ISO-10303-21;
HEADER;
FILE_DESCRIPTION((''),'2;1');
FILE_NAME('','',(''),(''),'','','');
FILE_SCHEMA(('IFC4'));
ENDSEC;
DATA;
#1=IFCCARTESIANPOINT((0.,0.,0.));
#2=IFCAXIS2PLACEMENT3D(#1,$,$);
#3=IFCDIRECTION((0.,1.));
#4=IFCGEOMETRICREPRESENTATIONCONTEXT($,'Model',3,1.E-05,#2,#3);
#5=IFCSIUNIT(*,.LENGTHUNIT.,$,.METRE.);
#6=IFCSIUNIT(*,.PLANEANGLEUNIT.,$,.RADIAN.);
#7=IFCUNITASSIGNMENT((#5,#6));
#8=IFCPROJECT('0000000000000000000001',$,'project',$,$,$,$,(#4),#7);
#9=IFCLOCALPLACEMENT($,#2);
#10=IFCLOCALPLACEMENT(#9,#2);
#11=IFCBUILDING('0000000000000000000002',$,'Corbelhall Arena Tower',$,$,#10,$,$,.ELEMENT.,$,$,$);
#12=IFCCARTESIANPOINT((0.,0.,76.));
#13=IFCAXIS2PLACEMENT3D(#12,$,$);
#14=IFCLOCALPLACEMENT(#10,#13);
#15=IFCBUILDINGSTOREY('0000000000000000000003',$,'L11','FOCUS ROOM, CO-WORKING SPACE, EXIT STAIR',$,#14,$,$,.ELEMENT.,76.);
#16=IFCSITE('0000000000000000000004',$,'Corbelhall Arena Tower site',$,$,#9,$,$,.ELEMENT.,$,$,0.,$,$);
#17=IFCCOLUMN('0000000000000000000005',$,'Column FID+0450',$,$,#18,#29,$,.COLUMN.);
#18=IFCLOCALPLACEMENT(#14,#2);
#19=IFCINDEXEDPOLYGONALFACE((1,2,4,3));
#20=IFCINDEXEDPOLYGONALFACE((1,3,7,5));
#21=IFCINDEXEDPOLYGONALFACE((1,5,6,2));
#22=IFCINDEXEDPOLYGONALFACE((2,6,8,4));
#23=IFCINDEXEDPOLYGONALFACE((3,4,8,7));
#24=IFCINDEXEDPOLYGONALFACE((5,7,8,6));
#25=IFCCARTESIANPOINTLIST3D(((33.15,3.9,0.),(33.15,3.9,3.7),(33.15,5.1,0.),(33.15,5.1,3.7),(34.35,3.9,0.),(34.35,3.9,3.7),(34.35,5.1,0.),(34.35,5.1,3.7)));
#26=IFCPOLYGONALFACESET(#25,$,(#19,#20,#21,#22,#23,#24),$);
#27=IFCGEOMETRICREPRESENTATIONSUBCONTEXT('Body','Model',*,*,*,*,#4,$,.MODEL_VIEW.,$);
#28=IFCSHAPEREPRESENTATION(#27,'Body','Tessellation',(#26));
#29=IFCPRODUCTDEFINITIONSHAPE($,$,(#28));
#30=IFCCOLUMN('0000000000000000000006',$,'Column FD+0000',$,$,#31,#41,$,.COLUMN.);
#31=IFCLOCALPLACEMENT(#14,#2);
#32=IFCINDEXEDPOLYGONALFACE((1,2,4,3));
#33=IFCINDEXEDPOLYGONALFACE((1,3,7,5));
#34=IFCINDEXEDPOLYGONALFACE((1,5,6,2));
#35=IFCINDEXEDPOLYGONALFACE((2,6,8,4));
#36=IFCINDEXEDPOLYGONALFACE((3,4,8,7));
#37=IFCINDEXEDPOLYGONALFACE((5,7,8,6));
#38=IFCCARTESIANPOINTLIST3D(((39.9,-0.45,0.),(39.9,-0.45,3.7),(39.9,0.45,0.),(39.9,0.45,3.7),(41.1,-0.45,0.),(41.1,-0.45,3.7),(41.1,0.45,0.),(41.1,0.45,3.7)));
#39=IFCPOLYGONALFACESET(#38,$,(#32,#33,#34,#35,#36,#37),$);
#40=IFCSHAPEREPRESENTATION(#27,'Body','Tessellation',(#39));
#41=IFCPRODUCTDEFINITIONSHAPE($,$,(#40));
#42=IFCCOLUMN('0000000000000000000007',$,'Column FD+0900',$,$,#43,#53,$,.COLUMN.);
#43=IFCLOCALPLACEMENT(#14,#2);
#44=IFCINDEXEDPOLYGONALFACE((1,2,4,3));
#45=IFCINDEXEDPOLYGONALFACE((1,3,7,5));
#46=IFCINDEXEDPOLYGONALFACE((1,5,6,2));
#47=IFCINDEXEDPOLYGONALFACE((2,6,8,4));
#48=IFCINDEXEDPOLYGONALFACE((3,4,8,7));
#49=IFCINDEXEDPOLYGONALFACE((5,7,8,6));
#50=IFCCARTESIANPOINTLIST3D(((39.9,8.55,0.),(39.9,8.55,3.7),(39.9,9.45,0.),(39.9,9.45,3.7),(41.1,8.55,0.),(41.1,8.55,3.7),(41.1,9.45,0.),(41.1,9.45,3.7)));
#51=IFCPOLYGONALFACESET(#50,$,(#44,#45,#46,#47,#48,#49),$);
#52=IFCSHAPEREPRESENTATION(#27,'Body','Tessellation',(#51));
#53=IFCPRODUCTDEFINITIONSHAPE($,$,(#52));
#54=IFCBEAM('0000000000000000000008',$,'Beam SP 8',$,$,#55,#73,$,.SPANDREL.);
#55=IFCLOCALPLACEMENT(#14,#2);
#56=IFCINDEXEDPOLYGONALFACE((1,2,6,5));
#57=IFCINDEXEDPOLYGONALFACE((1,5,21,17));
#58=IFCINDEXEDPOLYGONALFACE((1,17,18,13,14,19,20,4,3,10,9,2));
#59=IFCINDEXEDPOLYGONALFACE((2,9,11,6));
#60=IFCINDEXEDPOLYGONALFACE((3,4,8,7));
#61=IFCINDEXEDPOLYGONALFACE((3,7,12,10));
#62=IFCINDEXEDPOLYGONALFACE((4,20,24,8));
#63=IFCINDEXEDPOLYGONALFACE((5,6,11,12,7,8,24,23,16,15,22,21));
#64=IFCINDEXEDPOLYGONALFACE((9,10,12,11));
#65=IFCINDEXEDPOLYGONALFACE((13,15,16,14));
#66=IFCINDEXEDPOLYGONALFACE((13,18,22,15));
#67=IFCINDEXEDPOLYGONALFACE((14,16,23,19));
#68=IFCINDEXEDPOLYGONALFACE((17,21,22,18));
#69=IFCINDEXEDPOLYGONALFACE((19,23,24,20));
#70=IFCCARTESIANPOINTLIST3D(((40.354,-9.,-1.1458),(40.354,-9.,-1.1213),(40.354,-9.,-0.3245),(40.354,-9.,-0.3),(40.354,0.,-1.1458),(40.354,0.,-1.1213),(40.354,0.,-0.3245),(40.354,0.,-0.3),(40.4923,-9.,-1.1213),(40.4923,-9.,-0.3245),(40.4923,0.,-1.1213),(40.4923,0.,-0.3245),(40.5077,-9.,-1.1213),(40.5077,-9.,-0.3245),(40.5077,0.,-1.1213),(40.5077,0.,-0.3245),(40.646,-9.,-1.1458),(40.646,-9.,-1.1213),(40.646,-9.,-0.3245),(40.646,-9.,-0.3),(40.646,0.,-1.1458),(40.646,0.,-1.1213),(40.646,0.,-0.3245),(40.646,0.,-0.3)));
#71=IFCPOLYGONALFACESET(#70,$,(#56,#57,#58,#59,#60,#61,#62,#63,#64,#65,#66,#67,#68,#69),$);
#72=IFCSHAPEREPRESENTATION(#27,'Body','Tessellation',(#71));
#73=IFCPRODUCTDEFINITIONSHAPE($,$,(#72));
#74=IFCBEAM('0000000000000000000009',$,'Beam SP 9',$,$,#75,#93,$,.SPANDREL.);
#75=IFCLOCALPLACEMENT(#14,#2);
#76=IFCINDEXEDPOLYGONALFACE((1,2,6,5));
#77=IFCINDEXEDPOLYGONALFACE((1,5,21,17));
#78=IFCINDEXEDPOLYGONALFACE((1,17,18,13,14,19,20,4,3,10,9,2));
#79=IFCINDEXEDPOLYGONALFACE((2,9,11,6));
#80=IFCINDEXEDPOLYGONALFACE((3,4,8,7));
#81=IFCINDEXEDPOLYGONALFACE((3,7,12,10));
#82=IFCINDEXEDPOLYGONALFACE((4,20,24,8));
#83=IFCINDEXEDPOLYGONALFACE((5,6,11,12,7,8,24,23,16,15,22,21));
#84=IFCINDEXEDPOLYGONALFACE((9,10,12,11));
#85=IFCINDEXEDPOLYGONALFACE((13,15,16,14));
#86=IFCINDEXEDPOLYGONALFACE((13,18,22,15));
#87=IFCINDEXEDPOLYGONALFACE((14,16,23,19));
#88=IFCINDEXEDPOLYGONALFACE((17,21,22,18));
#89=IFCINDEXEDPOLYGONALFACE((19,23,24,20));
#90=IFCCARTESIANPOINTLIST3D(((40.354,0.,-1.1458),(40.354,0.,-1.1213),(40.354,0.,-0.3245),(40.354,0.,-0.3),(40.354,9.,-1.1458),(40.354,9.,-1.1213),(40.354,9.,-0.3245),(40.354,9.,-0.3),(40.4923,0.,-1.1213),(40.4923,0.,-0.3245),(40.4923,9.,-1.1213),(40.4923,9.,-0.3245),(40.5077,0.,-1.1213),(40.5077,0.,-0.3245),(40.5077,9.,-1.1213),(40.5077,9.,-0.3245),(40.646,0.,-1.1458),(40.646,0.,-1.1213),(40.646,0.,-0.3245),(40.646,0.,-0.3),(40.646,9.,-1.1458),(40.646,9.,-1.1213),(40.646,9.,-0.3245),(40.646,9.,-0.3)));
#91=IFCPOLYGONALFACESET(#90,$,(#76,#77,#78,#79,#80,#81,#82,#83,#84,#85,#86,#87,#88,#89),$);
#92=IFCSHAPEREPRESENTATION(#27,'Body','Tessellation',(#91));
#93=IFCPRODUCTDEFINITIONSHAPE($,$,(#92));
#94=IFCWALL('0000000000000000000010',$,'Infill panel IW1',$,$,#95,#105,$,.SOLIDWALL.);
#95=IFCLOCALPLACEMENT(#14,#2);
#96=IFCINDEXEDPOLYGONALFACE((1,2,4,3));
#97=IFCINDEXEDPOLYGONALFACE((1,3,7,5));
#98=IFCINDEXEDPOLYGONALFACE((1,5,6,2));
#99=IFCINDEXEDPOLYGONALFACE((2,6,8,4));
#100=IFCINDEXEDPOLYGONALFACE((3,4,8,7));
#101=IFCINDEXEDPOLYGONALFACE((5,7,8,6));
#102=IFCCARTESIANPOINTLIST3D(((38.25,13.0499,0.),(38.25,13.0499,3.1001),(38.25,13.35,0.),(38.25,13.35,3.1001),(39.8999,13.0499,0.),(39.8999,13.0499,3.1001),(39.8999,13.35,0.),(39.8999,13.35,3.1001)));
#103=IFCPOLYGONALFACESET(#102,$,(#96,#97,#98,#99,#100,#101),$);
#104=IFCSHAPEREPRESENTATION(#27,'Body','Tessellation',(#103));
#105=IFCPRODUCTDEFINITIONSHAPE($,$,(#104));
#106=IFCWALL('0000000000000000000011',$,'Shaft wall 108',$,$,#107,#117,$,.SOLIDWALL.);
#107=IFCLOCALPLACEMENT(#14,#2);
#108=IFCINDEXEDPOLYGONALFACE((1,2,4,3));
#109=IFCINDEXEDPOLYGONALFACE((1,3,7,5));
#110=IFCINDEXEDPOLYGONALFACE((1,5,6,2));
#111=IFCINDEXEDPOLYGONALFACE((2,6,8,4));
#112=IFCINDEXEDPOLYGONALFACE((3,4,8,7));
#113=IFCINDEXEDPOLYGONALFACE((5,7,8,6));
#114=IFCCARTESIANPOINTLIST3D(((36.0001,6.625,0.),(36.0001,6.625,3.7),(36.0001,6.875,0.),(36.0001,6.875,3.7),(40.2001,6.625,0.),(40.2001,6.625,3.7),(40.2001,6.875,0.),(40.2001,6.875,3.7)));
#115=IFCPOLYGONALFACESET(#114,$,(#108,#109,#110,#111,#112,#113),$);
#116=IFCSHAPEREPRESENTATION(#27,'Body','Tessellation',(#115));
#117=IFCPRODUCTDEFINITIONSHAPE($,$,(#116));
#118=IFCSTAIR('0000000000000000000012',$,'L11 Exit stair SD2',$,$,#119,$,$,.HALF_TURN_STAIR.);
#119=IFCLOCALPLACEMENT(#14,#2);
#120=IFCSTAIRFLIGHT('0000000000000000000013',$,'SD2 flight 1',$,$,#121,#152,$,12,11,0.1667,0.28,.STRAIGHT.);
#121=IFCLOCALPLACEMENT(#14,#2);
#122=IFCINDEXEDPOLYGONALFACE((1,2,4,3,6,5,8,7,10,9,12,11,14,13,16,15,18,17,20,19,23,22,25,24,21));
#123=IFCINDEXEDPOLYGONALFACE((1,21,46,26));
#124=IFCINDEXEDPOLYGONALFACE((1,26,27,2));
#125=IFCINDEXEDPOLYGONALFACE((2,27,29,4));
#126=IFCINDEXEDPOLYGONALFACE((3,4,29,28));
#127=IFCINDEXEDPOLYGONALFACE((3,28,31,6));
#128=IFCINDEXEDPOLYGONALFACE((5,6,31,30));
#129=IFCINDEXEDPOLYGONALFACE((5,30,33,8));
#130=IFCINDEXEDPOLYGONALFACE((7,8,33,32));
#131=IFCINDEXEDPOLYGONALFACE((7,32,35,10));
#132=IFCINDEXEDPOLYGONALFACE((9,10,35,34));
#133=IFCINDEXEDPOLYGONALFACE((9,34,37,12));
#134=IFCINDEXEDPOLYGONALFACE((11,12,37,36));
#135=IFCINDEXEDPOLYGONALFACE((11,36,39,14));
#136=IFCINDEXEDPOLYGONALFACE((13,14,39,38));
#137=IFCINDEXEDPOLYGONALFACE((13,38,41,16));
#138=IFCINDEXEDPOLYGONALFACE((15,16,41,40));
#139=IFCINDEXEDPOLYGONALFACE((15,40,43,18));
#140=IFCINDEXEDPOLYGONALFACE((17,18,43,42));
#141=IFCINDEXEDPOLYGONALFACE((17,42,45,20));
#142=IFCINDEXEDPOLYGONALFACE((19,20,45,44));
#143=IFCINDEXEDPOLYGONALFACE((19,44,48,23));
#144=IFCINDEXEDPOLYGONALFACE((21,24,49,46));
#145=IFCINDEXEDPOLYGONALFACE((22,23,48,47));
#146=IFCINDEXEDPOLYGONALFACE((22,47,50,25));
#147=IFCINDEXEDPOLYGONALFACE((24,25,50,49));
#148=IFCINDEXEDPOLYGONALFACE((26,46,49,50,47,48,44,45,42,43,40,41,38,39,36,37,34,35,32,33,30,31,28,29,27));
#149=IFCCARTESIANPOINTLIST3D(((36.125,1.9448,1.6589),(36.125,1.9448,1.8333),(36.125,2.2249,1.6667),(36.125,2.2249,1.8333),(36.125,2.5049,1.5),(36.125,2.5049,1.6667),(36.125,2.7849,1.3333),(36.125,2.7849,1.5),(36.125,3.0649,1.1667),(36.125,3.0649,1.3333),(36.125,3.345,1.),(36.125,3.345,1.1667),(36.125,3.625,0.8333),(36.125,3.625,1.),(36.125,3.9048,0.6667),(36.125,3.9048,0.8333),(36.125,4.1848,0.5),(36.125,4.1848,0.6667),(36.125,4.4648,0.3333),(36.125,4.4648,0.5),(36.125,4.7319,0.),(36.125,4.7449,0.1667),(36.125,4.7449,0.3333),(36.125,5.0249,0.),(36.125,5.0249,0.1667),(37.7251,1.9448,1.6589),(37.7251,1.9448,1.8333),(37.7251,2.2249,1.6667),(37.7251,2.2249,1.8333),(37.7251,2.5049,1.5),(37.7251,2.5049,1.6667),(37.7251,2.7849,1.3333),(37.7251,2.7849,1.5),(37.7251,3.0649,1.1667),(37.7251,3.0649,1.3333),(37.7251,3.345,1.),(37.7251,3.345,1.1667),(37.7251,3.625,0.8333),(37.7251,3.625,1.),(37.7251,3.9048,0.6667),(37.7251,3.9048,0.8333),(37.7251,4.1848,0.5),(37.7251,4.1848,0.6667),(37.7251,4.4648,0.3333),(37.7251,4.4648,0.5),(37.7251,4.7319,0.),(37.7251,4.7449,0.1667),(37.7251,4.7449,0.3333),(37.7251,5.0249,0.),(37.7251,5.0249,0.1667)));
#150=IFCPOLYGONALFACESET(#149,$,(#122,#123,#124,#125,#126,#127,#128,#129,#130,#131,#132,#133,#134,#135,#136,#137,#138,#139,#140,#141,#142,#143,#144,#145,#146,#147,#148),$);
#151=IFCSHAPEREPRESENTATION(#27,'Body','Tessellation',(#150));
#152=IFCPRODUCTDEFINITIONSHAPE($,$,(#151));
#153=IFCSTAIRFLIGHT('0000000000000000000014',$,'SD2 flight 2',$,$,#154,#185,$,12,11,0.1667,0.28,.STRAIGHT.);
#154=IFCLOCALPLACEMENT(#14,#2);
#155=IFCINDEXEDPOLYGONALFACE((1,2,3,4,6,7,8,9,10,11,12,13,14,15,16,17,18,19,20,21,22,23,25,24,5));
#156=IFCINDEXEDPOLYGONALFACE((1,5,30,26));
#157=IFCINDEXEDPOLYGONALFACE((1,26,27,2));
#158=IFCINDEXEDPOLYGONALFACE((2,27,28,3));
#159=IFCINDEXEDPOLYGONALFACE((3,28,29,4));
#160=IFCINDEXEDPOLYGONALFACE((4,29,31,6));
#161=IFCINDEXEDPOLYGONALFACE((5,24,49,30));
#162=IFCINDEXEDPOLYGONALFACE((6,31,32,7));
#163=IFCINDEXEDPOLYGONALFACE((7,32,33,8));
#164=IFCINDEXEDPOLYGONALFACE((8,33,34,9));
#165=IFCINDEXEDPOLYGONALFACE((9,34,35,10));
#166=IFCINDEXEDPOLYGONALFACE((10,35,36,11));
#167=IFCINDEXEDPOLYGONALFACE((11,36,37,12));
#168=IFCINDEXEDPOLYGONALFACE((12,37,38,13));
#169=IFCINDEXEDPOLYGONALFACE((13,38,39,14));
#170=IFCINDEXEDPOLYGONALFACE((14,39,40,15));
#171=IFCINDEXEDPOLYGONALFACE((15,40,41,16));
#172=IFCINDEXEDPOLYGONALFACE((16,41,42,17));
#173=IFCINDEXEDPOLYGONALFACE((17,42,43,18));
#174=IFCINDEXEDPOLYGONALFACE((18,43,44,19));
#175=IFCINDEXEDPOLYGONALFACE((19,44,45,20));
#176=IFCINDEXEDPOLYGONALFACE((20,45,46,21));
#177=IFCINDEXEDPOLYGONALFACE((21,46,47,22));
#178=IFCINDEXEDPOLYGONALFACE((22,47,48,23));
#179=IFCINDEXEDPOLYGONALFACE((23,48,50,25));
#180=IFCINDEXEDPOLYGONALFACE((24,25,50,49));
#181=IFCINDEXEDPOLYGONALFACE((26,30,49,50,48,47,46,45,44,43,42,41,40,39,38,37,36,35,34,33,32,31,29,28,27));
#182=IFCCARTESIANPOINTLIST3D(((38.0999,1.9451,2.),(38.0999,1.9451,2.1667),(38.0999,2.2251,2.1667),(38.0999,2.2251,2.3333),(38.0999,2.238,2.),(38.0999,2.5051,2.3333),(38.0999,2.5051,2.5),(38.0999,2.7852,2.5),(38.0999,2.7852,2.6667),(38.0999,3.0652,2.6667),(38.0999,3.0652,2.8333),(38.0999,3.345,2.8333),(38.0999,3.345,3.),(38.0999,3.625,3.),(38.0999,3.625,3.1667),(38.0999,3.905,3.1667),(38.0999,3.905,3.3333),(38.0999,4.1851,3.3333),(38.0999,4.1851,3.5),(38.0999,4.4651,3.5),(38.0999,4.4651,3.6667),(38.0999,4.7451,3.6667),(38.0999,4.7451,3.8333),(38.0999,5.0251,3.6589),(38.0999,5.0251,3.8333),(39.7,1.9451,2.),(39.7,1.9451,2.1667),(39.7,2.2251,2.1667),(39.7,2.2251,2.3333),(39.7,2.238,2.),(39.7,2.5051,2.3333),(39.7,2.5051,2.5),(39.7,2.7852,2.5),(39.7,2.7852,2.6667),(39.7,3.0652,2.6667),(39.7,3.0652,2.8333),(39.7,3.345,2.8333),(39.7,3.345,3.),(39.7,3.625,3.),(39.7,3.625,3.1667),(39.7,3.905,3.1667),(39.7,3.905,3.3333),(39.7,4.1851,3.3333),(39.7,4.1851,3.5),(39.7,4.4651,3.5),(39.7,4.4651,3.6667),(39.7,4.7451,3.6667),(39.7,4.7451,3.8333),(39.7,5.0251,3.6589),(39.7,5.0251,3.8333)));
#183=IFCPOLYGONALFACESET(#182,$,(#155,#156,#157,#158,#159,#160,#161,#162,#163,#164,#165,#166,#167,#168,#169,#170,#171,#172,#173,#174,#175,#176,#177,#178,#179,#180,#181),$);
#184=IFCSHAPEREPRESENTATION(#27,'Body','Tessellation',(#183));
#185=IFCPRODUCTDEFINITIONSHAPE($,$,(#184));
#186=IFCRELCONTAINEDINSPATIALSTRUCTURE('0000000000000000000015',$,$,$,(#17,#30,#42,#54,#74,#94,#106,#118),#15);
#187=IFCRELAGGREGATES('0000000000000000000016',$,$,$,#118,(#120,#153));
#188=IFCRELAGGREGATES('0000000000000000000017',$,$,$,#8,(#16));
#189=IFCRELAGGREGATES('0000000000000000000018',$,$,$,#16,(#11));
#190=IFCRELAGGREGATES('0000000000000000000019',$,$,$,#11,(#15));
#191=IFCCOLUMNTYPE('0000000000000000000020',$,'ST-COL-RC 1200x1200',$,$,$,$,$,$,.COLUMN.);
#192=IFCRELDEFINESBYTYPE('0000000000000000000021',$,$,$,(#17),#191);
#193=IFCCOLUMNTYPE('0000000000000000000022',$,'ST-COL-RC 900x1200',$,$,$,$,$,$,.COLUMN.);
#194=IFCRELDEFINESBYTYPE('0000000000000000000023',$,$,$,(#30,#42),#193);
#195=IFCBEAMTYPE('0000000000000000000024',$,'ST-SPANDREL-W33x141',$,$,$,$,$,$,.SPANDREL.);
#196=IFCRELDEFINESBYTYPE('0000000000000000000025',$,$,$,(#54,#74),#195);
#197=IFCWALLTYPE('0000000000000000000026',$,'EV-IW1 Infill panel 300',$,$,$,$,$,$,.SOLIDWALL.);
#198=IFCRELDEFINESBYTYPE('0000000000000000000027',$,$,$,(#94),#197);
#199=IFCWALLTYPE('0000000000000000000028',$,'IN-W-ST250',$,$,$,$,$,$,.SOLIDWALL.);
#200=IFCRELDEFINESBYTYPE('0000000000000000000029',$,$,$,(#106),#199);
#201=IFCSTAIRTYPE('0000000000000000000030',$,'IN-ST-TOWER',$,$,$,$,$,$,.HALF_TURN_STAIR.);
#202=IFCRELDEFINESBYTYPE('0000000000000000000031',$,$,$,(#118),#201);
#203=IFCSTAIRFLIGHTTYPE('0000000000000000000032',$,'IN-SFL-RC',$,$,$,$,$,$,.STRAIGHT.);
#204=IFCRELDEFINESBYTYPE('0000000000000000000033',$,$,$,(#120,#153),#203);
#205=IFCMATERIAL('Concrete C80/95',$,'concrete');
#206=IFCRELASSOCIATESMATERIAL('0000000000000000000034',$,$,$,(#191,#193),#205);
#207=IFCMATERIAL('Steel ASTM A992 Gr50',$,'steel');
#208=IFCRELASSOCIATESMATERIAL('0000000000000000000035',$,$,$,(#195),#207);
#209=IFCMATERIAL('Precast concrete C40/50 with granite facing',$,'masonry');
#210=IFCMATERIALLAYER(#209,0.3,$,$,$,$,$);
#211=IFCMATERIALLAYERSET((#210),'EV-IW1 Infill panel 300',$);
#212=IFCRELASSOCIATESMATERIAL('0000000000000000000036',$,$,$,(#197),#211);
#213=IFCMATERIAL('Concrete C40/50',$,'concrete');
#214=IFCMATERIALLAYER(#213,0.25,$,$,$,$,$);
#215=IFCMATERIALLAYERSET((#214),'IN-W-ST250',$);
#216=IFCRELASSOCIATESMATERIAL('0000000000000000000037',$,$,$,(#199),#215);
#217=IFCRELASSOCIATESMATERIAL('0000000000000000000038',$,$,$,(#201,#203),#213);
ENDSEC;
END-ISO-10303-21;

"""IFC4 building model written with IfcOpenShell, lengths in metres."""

from ifc_helpers import new_model, si_unit, direction, frame, frame_2d, origin, origin_2d, place, context, subcontext, project, spatial, polyline, rectangle, i_section, outline, extrude, material, layer, layer_set, material_profile, profile_set, type_object, element, aggregate, save


model = new_model("IFC4")

# Units and contexts
model_context = context("Model", 3, precision=1e-05, world=origin(), true_north=direction((0.0, 1.0)))
body_context = subcontext(model_context, "Body", "Model", "MODEL_VIEW")
ifc_project = project(units=[si_unit("LENGTHUNIT", "METRE"), si_unit("PLANEANGLEUNIT", "RADIAN")], contexts=[model_context])

# Site, building, storey
site_placement = place(None, origin())
site = spatial("IfcSite", under=ifc_project, at=site_placement, Name="Corbelhall Arena Tower site", CompositionType="ELEMENT", RefElevation=0.0)
building_placement = place(site_placement, origin())
building = spatial("IfcBuilding", under=site, at=building_placement, Name="Corbelhall Arena Tower", CompositionType="ELEMENT")
storey_placement = place(building_placement, frame((0.0, 0.0, 76.0)))
storey = spatial("IfcBuildingStorey", under=building, at=storey_placement, Name="L11", Description="FOCUS ROOM, CO-WORKING SPACE, EXIT STAIR", CompositionType="ELEMENT", Elevation=76.0)

# Columns
ifc_material_1 = material(Name="Concrete C80/95", Category="concrete")
ifc_material_profile_1 = material_profile(ifc_material_1, rectangle(XDim=1.2, YDim=1.2, at=origin_2d()))
ifc_profile_set_1 = profile_set([ifc_material_profile_1], Name="Concrete C80/95")
column_type_1 = type_object("IfcColumnType", Name="ST-COL-RC 1200x1200", PredefinedType="COLUMN", material=ifc_profile_set_1)
column_placement = place(storey_placement, frame((33.75, 4.5, 0.0), z_axis=(0.0, 0.0, 1.0), x_axis=(1.0, 0.0, 0.0)))
element("IfcColumn", 1, at=column_placement, inside=storey, type_object=column_type_1, Name="Column FID+0450", PredefinedType="COLUMN", context=body_context, shape_type="SweptSolid", body=[
    extrude(rectangle(XDim=1.2, YDim=1.2, at=origin_2d()), origin(), (0.0, 0.0, 1.0), 3.7),
])
ifc_material_profile_2 = material_profile(ifc_material_1, rectangle(XDim=0.8999, YDim=1.2, at=origin_2d()))
ifc_profile_set_2 = profile_set([ifc_material_profile_2], Name="Concrete C80/95")
column_type_2 = type_object("IfcColumnType", Name="ST-COL-RC 900x1200", PredefinedType="COLUMN", material=ifc_profile_set_2)
for number, where, z_axis, x_axis, name in (
    (2, (40.5, 0.0, 0.0), (0.0, 0.0, 1.0), (0.0, 1.0, 0.0), "Column FD+0000"),
    (3, (40.5, 9.0, 0.0), (0.0, 0.0, 1.0), (0.0, 1.0, 0.0), "Column FD+0900"),
):
    element("IfcColumn", number, at=place(storey_placement, frame(where, z_axis=z_axis, x_axis=x_axis)), inside=storey, type_object=column_type_2, Name=name, PredefinedType="COLUMN", context=body_context, shape_type="SweptSolid", body=[
        extrude(rectangle(XDim=0.8999, YDim=1.2, at=origin_2d()), origin(), (0.0, 0.0, 1.0), 3.7),
    ])

# Beams
ifc_material_2 = material(Name="Steel ASTM A992 Gr50", Category="steel")
ifc_material_profile_3 = material_profile(ifc_material_2, i_section(OverallWidth=0.292, OverallDepth=0.8457, WebThickness=0.0154, FlangeThickness=0.0244, at=origin_2d()))
ifc_profile_set_3 = profile_set([ifc_material_profile_3], Name="Steel ASTM A992 Gr50")
beam_type = type_object("IfcBeamType", Name="ST-SPANDREL-W33x141", PredefinedType="SPANDREL", material=ifc_profile_set_3)
for number, where, z_axis, x_axis, name in (
    (4, (40.5, 0.0, -0.7229), (0.0, -1.0, 0.0), (1.0, 0.0, 0.0), "Beam SP 8"),
    (5, (40.5, 9.0, -0.7229), (0.0, -1.0, 0.0), (1.0, 0.0, 0.0), "Beam SP 9"),
):
    element("IfcBeam", number, at=place(storey_placement, frame(where, z_axis=z_axis, x_axis=x_axis)), inside=storey, type_object=beam_type, Name=name, PredefinedType="SPANDREL", context=body_context, shape_type="SweptSolid", body=[
        extrude(i_section(OverallWidth=0.292, OverallDepth=0.8457, WebThickness=0.0154, FlangeThickness=0.0244, at=origin_2d()), origin(), (0.0, 0.0, 1.0), 9.0),
    ])

# Wall
ifc_material_3 = material(Name="Precast concrete C40/50 with granite facing", Category="masonry")
ifc_layer_1 = layer(ifc_material_3, 0.3)
ifc_layer_set_1 = layer_set([ifc_layer_1], Name="EV-IW1 Infill panel 300")
wall_type_1 = type_object("IfcWallType", Name="EV-IW1 Infill panel 300", PredefinedType="SOLIDWALL", material=ifc_layer_set_1)
wall_1_placement = place(storey_placement, frame((39.8999, 13.2, 0.0), z_axis=(0.0, 0.0, 1.0), x_axis=(-1.0, 0.0, 0.0)))
element("IfcWall", 6, at=wall_1_placement, inside=storey, type_object=wall_type_1, Name="Infill panel IW1", PredefinedType="SOLIDWALL", context=body_context, shape_type="SweptSolid", body=[
    extrude(rectangle(XDim=1.6499, YDim=0.3, at=frame_2d((0.825, 0.0))), origin(), (0.0, 0.0, 1.0), 3.1001),
])

# Wall
ifc_material_4 = material(Name="Concrete C40/50", Category="concrete")
ifc_layer_2 = layer(ifc_material_4, 0.25)
ifc_layer_set_2 = layer_set([ifc_layer_2], Name="IN-W-ST250")
wall_type_2 = type_object("IfcWallType", Name="IN-W-ST250", PredefinedType="SOLIDWALL", material=ifc_layer_set_2)
wall_2_placement = place(storey_placement, frame((36.0, 6.75, 0.0), z_axis=(0.0, 0.0, 1.0), x_axis=(1.0, 0.0, 0.0)))
element("IfcWall", 7, at=wall_2_placement, inside=storey, type_object=wall_type_2, Name="Shaft wall 108", PredefinedType="SOLIDWALL", context=body_context, shape_type="SweptSolid", body=[
    extrude(rectangle(XDim=4.2, YDim=0.25, at=frame_2d((2.1001, 0.0))), origin(), (0.0, 0.0, 1.0), 3.7),
])

# Stair, stair flights
stair_type = type_object("IfcStairType", Name="IN-ST-TOWER", PredefinedType="HALF_TURN_STAIR", material=ifc_material_4)
stair_placement = place(storey_placement, origin())
stair = element("IfcStair", 8, at=stair_placement, inside=storey, type_object=stair_type, Name="L11 Exit stair SD2", PredefinedType="HALF_TURN_STAIR")
stair_flight_type = type_object("IfcStairFlightType", Name="IN-SFL-RC", PredefinedType="STRAIGHT", material=ifc_material_4)
stair_flight_1_placement = place(storey_placement, frame((36.925, 5.0249, 0.0), z_axis=(0.0, 0.0, 1.0), x_axis=(0.0, -1.0, 0.0)))
stair_flight_1 = element("IfcStairFlight", 9, at=stair_flight_1_placement, type_object=stair_flight_type, Name="SD2 flight 1", NumberOfRisers=12, NumberOfTreads=11, PredefinedType="STRAIGHT", RiserHeight=0.1667, TreadLength=0.28, context=body_context, shape_type="SweptSolid", body=[
    extrude(outline(polyline([(0.0, 0.0), (0.0, 0.1667), (0.28, 0.1667), (0.28, 0.3333), (0.5601, 0.3333), (0.5601, 0.5), (0.8401, 0.5), (0.8401, 0.6667), (1.1201, 0.6667), (1.1201, 0.8333), (1.3999, 0.8333), (1.3999, 1.0), (1.6799, 1.0), (1.6799, 1.1667), (1.96, 1.1667), (1.96, 1.3333), (2.24, 1.3333), (2.24, 1.5), (2.52, 1.5), (2.52, 1.6667), (2.8, 1.6667), (2.8, 1.8333), (3.0801, 1.8333), (3.0801, 2.0), (3.0801, 1.6589), (0.293, 0.0), (0.0, 0.0)])), frame((0.0, 0.8, 0.0), z_axis=(0.0, -1.0, 0.0), x_axis=(1.0, 0.0, 0.0)), (0.0, 0.0, 1.0), 1.6001),
])
stair_flight_2_placement = place(storey_placement, frame((38.8999, 1.9451, 2.0), z_axis=(0.0, 0.0, 1.0), x_axis=(0.0, 1.0, 0.0)))
stair_flight_2 = element("IfcStairFlight", 10, at=stair_flight_2_placement, type_object=stair_flight_type, Name="SD2 flight 2", NumberOfRisers=12, NumberOfTreads=11, PredefinedType="STRAIGHT", RiserHeight=0.1667, TreadLength=0.28, context=body_context, shape_type="SweptSolid", body=[
    extrude(outline(polyline([(0.0, 0.0), (0.0, 0.1667), (0.28, 0.1667), (0.28, 0.3333), (0.5601, 0.3333), (0.5601, 0.5), (0.8401, 0.5), (0.8401, 0.6667), (1.1201, 0.6667), (1.1201, 0.8333), (1.3999, 0.8333), (1.3999, 1.0), (1.6799, 1.0), (1.6799, 1.1667), (1.96, 1.1667), (1.96, 1.3333), (2.24, 1.3333), (2.24, 1.5), (2.52, 1.5), (2.52, 1.6667), (2.8, 1.6667), (2.8, 1.8333), (3.0801, 1.8333), (3.0801, 2.0), (3.0801, 1.6589), (0.293, 0.0), (0.0, 0.0)])), frame((0.0, 0.8, 0.0), z_axis=(0.0, -1.0, 0.0), x_axis=(1.0, 0.0, 0.0)), (0.0, 0.0, 1.0), 1.6001),
])
aggregate(stair, [stair_flight_1, stair_flight_2])

save(model, "model.ifc")
